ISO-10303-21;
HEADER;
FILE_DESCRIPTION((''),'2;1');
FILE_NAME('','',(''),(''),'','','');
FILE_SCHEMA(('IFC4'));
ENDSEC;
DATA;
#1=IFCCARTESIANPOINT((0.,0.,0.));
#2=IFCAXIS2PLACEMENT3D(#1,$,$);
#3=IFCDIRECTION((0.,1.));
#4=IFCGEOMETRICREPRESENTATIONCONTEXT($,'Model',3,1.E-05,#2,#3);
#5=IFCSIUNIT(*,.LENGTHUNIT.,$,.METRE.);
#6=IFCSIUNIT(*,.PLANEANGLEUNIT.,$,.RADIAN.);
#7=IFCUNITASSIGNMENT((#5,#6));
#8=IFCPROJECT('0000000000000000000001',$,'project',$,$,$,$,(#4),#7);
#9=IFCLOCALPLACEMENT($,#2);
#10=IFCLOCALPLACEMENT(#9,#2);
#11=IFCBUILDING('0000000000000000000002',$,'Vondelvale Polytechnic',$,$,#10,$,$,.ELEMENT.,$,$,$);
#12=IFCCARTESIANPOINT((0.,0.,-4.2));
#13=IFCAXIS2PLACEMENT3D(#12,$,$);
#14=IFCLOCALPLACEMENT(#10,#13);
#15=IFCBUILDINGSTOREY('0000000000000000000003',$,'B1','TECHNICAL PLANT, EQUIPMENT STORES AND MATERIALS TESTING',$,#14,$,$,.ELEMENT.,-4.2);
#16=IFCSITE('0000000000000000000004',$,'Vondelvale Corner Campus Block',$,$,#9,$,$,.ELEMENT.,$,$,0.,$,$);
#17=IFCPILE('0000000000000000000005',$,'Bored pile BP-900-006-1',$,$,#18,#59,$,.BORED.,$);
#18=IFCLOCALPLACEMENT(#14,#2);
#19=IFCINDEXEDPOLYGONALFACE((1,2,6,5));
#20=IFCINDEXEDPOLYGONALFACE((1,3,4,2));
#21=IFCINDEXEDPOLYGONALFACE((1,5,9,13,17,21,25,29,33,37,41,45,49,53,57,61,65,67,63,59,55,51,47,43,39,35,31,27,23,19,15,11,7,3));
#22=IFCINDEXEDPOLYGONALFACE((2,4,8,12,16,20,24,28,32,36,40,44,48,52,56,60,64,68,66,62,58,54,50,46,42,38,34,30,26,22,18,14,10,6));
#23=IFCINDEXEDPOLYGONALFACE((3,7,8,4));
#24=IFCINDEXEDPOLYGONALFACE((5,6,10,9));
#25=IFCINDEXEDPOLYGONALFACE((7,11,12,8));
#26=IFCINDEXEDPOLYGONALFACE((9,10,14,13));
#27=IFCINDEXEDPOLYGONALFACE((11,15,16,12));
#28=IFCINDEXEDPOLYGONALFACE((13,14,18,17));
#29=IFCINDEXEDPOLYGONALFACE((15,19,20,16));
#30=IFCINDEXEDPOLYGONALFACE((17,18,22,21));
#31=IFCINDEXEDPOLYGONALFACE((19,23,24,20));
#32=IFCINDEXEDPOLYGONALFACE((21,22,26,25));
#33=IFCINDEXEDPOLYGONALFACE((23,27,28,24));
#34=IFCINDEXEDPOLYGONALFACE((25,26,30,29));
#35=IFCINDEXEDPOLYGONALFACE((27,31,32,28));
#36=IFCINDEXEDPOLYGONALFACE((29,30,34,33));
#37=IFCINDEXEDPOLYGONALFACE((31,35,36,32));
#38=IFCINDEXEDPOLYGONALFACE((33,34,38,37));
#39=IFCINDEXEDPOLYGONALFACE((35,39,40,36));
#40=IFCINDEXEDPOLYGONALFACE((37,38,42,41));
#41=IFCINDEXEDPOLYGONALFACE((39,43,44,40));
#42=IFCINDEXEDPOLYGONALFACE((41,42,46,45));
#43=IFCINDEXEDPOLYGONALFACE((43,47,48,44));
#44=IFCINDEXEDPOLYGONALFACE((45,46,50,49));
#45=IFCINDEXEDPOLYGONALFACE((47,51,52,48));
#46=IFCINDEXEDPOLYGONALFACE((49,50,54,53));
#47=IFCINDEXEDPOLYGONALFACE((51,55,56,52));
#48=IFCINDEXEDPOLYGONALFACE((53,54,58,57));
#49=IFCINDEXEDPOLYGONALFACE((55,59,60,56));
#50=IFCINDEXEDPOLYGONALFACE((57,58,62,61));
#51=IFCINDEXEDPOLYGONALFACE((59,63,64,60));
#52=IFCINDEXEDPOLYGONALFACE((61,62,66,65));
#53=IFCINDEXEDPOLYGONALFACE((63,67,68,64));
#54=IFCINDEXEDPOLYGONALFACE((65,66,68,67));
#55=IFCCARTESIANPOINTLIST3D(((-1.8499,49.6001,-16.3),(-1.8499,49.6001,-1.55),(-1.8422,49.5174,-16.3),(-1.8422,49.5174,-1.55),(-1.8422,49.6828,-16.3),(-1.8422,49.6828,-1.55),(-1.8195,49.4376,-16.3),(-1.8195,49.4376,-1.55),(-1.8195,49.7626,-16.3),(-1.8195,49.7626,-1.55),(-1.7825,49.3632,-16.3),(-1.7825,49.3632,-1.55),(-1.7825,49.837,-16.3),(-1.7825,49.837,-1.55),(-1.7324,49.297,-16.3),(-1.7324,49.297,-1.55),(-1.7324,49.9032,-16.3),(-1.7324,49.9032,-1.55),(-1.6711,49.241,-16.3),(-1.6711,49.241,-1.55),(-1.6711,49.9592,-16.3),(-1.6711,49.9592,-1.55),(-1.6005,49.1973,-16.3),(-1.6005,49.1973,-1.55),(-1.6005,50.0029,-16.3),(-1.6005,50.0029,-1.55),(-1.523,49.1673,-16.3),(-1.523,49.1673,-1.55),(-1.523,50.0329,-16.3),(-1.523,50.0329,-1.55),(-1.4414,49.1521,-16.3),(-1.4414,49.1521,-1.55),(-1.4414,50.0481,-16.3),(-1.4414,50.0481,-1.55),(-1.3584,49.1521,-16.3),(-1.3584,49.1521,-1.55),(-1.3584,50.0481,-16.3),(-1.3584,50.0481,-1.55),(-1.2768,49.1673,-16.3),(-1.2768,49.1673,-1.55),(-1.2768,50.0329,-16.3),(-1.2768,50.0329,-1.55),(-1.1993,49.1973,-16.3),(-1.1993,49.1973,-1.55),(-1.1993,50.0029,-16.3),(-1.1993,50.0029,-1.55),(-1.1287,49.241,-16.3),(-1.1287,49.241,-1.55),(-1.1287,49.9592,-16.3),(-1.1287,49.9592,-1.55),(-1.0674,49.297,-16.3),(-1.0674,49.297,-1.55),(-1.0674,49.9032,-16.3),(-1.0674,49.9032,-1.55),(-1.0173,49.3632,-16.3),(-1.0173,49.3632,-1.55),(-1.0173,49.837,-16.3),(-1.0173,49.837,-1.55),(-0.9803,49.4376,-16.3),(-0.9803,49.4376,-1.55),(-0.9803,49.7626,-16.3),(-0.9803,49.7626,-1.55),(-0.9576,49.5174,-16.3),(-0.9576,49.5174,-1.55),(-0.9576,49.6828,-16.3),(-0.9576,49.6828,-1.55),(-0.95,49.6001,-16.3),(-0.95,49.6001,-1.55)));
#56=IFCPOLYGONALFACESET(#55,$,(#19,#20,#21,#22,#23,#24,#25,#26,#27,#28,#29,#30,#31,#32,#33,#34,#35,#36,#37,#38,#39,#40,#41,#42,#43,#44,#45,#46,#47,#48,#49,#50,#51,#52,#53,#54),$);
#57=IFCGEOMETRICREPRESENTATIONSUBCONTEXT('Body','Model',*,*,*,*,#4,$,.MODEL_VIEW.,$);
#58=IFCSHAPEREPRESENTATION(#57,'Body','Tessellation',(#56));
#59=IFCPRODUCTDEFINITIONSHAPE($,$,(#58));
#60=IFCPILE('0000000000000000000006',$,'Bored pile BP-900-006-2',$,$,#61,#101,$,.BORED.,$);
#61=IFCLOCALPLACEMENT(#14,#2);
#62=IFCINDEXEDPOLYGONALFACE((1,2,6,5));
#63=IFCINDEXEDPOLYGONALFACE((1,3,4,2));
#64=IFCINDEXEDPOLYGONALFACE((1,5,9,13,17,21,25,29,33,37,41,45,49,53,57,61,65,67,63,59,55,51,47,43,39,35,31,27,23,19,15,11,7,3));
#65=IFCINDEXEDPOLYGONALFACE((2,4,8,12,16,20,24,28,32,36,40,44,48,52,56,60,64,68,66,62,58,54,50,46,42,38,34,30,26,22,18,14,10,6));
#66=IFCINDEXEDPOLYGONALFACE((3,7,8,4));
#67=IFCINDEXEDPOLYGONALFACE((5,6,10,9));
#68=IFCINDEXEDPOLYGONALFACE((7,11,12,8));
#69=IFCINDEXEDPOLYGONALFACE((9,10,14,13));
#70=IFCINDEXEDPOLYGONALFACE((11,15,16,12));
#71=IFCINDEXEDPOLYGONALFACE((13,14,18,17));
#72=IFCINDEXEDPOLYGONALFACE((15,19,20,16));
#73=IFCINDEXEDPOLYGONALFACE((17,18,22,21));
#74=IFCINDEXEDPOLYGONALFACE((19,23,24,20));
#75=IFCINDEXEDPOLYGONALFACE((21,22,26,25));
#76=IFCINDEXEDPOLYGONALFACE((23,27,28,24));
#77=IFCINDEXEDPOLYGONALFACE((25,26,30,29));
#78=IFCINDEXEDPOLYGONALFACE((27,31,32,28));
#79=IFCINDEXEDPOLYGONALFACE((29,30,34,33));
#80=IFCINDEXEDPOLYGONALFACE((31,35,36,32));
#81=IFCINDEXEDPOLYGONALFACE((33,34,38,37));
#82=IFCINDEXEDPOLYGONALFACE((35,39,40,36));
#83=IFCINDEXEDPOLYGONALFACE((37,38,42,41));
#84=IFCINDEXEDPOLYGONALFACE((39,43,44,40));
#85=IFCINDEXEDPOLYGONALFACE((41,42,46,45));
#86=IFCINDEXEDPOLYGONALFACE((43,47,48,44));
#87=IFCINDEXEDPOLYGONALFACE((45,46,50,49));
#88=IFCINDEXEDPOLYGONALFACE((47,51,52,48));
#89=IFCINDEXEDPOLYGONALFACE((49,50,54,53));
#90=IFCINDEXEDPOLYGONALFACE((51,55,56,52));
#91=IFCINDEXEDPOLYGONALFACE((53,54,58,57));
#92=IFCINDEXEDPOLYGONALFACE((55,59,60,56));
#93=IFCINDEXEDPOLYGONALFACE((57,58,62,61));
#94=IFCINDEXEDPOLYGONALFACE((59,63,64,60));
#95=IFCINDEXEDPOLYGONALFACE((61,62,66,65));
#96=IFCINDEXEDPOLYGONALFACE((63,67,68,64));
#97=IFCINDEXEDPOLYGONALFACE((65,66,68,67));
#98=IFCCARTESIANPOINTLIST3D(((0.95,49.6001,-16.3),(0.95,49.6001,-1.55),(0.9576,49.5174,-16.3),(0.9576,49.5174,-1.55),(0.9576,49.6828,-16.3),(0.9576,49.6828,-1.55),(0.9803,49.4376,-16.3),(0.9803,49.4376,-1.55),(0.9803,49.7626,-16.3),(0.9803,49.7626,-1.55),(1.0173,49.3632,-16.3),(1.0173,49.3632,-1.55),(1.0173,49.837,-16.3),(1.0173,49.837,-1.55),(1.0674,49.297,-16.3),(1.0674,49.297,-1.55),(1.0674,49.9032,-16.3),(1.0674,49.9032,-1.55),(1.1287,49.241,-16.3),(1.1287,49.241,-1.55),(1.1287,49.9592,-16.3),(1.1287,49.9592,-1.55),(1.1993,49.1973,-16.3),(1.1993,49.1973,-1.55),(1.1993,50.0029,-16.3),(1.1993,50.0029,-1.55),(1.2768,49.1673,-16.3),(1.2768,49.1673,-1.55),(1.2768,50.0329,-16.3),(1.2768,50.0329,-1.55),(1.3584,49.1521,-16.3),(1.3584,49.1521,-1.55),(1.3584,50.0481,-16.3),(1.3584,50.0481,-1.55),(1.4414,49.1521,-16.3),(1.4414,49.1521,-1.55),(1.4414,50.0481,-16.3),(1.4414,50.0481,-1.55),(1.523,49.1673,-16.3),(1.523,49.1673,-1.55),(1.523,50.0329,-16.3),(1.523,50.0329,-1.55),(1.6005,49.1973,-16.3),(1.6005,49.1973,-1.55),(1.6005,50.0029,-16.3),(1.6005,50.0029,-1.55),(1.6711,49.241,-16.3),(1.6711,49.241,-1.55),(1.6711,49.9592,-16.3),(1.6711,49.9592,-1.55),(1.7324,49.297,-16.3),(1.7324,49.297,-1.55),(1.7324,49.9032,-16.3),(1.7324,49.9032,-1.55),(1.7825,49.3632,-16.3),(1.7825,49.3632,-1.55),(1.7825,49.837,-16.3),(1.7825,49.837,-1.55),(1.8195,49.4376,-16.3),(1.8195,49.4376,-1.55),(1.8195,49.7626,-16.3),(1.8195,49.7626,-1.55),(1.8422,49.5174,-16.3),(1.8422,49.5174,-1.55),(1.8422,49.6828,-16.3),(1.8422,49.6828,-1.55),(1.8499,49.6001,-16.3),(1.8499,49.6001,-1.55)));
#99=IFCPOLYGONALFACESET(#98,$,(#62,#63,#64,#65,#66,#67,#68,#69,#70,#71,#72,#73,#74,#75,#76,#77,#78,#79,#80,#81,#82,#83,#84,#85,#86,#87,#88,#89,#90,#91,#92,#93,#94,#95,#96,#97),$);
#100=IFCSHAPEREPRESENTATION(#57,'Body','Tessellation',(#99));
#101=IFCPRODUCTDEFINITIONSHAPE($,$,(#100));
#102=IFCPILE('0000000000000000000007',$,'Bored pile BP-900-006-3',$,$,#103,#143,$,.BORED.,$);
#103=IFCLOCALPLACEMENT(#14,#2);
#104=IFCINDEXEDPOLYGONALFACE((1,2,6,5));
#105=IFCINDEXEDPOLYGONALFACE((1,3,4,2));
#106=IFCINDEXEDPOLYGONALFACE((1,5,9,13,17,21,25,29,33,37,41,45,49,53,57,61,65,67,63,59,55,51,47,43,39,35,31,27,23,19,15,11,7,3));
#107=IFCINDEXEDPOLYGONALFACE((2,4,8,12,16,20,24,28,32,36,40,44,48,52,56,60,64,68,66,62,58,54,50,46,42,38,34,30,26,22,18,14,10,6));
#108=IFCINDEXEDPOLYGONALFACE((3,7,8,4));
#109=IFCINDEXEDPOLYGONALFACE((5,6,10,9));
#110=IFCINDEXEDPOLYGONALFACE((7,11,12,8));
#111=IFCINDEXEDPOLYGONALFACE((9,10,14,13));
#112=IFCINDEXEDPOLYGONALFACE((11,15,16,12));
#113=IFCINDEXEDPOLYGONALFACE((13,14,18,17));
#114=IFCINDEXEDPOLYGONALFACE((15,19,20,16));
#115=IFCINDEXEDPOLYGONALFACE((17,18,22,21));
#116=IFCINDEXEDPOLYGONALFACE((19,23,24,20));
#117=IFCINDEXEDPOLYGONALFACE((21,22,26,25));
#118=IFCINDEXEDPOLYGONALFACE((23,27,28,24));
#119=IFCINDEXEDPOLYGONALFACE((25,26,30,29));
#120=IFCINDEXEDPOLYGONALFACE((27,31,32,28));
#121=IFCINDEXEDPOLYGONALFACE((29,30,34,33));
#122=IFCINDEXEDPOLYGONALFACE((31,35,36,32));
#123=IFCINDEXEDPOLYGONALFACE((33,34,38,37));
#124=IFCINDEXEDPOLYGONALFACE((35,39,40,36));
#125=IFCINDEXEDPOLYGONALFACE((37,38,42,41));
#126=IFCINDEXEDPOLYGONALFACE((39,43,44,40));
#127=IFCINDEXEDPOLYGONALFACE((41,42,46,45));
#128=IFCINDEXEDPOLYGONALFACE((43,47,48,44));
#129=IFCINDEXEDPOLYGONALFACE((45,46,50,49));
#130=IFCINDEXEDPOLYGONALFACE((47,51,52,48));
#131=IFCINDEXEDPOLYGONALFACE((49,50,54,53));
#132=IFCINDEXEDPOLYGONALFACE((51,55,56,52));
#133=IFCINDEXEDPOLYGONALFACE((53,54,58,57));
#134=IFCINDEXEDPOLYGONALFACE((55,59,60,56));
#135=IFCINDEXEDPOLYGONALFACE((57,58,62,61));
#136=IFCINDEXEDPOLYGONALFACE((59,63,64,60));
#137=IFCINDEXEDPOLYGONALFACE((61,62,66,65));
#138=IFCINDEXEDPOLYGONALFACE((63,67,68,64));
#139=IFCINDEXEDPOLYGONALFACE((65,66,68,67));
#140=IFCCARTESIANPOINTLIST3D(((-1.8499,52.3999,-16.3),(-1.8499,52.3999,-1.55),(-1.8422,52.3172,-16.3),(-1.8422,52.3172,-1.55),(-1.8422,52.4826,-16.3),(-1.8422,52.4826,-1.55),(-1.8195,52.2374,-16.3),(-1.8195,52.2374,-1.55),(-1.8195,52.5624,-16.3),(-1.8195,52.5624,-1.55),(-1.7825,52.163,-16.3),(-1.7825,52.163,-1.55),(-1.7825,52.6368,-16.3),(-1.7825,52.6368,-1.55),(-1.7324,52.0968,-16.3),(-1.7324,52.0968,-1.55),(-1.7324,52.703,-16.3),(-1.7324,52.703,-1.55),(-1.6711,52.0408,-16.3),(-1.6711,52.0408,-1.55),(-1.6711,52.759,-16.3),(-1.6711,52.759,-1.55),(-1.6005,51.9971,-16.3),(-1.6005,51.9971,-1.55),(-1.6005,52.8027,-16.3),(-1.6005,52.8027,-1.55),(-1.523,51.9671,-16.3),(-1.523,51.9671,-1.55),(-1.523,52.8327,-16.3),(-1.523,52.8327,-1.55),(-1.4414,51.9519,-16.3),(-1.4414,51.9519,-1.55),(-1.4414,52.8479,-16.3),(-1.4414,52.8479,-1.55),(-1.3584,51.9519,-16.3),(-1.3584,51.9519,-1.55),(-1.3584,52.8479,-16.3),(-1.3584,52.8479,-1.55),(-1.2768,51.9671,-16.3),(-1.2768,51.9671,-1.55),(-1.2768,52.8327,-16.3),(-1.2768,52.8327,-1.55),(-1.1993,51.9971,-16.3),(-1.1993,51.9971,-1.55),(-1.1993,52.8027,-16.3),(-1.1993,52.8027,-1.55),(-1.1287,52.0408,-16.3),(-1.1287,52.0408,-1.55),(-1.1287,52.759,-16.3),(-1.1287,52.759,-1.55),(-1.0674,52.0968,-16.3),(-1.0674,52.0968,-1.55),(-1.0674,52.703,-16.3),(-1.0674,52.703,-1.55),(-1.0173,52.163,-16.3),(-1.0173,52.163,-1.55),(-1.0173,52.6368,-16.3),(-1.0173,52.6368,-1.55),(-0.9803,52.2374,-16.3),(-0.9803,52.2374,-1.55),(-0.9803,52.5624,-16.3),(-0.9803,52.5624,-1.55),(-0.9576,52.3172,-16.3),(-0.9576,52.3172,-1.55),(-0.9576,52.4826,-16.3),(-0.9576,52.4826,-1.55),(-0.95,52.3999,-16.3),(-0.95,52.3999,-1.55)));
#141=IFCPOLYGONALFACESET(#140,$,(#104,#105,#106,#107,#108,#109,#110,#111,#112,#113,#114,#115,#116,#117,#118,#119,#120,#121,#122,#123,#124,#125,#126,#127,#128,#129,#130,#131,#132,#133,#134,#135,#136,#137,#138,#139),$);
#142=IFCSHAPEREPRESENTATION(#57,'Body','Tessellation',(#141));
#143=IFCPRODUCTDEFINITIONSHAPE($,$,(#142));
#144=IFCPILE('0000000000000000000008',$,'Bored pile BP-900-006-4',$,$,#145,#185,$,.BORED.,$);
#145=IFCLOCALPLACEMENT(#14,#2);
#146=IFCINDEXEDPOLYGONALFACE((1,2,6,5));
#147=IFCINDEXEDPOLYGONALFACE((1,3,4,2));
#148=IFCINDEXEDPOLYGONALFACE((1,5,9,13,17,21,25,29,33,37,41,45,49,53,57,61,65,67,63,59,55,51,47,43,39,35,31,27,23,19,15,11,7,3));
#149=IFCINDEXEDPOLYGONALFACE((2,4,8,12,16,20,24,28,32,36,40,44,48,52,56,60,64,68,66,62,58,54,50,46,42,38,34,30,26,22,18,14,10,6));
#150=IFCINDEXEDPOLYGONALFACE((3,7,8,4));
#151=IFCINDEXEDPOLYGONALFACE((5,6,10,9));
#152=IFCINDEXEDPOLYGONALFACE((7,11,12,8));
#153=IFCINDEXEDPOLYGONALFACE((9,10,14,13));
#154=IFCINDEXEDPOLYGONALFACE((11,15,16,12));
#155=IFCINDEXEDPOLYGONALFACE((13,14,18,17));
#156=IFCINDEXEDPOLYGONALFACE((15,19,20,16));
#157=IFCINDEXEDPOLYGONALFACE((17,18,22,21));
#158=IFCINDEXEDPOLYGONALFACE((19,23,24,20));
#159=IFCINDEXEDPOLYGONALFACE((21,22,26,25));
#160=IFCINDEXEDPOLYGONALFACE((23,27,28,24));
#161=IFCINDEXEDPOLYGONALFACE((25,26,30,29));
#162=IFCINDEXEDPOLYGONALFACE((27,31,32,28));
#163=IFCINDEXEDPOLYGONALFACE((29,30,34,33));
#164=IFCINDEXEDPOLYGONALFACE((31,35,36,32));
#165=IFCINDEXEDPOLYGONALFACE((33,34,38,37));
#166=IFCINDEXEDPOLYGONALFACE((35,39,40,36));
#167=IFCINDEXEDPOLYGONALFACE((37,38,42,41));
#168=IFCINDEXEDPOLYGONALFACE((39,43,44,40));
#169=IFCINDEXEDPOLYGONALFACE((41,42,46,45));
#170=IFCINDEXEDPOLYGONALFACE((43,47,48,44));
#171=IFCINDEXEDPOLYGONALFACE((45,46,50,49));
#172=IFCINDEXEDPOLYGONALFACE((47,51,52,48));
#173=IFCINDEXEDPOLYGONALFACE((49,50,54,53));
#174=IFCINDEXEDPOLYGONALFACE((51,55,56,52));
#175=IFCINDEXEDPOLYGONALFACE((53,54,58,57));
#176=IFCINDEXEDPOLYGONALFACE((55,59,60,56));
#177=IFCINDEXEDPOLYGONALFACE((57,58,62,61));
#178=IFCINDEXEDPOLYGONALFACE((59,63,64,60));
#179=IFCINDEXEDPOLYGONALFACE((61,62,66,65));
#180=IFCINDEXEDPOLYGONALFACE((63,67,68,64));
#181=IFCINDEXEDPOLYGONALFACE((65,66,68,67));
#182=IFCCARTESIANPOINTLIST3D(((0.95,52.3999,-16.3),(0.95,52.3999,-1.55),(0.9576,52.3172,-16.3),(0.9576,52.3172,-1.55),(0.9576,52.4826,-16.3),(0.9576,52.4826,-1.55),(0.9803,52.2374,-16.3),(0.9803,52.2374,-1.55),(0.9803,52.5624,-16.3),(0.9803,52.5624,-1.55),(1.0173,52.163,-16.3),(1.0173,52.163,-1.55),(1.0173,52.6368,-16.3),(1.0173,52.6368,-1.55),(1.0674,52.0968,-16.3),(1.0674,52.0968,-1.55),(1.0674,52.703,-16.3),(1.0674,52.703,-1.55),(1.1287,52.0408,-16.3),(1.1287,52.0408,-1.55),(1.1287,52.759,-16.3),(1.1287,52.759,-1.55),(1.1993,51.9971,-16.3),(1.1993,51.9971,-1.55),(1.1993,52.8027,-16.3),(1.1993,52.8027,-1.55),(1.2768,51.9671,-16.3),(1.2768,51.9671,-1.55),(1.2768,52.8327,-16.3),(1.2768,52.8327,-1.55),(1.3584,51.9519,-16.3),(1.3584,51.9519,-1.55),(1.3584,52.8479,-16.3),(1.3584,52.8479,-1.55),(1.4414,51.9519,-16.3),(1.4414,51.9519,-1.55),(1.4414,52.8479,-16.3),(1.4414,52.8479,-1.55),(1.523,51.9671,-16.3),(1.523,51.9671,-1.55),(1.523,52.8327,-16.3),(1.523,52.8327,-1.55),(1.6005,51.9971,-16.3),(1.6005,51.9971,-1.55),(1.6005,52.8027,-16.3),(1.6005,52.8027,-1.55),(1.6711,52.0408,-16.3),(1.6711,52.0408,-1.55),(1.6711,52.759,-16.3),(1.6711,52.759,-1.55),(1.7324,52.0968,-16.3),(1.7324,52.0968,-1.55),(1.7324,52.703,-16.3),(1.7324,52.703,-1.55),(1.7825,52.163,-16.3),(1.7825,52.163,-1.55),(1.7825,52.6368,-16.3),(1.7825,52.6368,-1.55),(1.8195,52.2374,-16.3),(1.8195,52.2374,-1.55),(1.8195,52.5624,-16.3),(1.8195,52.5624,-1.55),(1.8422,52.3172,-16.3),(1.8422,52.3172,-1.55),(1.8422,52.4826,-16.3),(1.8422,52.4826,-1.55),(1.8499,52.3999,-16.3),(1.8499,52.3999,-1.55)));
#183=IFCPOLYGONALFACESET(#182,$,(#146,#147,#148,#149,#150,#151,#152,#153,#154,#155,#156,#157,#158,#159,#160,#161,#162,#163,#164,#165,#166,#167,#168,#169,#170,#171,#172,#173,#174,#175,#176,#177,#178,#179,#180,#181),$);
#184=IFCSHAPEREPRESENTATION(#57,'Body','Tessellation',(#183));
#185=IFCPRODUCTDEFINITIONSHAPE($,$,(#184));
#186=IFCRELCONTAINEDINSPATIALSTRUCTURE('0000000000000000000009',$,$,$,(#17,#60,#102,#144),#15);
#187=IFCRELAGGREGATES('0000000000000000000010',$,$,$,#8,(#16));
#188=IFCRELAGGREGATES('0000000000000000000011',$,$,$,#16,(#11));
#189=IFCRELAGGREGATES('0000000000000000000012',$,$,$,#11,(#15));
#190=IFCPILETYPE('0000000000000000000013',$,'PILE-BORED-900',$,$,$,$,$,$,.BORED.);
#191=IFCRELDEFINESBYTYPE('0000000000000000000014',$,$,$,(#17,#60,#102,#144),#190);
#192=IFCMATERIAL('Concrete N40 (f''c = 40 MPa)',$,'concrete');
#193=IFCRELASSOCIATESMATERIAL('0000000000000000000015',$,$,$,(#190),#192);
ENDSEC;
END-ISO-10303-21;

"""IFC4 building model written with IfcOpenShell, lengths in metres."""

from ifc_helpers import new_model, si_unit, direction, frame, origin, origin_2d, place, context, subcontext, project, spatial, circle, extrude, material, material_profile, profile_set, type_object, element, save


model = new_model("IFC4")

# Units and contexts
model_context = context("Model", 3, precision=1e-05, world=origin(), true_north=direction((0.0, 1.0)))
body_context = subcontext(model_context, "Body", "Model", "MODEL_VIEW")
ifc_project = project(units=[si_unit("LENGTHUNIT", "METRE"), si_unit("PLANEANGLEUNIT", "RADIAN")], contexts=[model_context])

# Site, building, storey
site_placement = place(None, origin())
site = spatial("IfcSite", under=ifc_project, at=site_placement, Name="Vondelvale Corner Campus Block", CompositionType="ELEMENT", RefElevation=0.0)
building_placement = place(site_placement, origin())
building = spatial("IfcBuilding", under=site, at=building_placement, Name="Vondelvale Polytechnic", CompositionType="ELEMENT")
storey_placement = place(building_placement, frame((0.0, 0.0, -4.2)))
storey = spatial("IfcBuildingStorey", under=building, at=storey_placement, Name="B1", Description="TECHNICAL PLANT, EQUIPMENT STORES AND MATERIALS TESTING", CompositionType="ELEMENT", Elevation=-4.2)

# Shared definitions
ifc_material_1 = material(Name="Concrete N40 (f'c = 40 MPa)", Category="concrete")

# Piles
ifc_material_profile_1 = material_profile(ifc_material_1, circle(Radius=0.45, at=origin_2d()), Name="PILE-D900")
ifc_profile_set_1 = profile_set([ifc_material_profile_1], Name="Concrete N40 (f'c = 40 MPa)")
pile_type_1 = type_object("IfcPileType", Name="PILE-BORED-900", PredefinedType="BORED", material=ifc_profile_set_1)
for number, where, z_axis, x_axis, name in (
    (1, (-1.3999, 49.6001, -1.55), (0.0, 0.0, -1.0), (1.0, 0.0, 0.0), "Bored pile BP-900-006-1"),
    (2, (1.3999, 49.6001, -1.55), (0.0, 0.0, -1.0), (1.0, 0.0, 0.0), "Bored pile BP-900-006-2"),
    (3, (-1.3999, 52.3999, -1.55), (0.0, 0.0, -1.0), (1.0, 0.0, 0.0), "Bored pile BP-900-006-3"),
    (4, (1.3999, 52.3999, -1.55), (0.0, 0.0, -1.0), (1.0, 0.0, 0.0), "Bored pile BP-900-006-4"),
):
    element("IfcPile", number, at=place(storey_placement, frame(where, z_axis=z_axis, x_axis=x_axis)), inside=storey, type_object=pile_type_1, Name=name, PredefinedType="BORED", context=body_context, shape_type="SweptSolid", body=[
        extrude(circle(Radius=0.45, at=origin_2d()), origin(), (0.0, 0.0, 1.0), 14.75),
    ])

save(model, "model.ifc")
